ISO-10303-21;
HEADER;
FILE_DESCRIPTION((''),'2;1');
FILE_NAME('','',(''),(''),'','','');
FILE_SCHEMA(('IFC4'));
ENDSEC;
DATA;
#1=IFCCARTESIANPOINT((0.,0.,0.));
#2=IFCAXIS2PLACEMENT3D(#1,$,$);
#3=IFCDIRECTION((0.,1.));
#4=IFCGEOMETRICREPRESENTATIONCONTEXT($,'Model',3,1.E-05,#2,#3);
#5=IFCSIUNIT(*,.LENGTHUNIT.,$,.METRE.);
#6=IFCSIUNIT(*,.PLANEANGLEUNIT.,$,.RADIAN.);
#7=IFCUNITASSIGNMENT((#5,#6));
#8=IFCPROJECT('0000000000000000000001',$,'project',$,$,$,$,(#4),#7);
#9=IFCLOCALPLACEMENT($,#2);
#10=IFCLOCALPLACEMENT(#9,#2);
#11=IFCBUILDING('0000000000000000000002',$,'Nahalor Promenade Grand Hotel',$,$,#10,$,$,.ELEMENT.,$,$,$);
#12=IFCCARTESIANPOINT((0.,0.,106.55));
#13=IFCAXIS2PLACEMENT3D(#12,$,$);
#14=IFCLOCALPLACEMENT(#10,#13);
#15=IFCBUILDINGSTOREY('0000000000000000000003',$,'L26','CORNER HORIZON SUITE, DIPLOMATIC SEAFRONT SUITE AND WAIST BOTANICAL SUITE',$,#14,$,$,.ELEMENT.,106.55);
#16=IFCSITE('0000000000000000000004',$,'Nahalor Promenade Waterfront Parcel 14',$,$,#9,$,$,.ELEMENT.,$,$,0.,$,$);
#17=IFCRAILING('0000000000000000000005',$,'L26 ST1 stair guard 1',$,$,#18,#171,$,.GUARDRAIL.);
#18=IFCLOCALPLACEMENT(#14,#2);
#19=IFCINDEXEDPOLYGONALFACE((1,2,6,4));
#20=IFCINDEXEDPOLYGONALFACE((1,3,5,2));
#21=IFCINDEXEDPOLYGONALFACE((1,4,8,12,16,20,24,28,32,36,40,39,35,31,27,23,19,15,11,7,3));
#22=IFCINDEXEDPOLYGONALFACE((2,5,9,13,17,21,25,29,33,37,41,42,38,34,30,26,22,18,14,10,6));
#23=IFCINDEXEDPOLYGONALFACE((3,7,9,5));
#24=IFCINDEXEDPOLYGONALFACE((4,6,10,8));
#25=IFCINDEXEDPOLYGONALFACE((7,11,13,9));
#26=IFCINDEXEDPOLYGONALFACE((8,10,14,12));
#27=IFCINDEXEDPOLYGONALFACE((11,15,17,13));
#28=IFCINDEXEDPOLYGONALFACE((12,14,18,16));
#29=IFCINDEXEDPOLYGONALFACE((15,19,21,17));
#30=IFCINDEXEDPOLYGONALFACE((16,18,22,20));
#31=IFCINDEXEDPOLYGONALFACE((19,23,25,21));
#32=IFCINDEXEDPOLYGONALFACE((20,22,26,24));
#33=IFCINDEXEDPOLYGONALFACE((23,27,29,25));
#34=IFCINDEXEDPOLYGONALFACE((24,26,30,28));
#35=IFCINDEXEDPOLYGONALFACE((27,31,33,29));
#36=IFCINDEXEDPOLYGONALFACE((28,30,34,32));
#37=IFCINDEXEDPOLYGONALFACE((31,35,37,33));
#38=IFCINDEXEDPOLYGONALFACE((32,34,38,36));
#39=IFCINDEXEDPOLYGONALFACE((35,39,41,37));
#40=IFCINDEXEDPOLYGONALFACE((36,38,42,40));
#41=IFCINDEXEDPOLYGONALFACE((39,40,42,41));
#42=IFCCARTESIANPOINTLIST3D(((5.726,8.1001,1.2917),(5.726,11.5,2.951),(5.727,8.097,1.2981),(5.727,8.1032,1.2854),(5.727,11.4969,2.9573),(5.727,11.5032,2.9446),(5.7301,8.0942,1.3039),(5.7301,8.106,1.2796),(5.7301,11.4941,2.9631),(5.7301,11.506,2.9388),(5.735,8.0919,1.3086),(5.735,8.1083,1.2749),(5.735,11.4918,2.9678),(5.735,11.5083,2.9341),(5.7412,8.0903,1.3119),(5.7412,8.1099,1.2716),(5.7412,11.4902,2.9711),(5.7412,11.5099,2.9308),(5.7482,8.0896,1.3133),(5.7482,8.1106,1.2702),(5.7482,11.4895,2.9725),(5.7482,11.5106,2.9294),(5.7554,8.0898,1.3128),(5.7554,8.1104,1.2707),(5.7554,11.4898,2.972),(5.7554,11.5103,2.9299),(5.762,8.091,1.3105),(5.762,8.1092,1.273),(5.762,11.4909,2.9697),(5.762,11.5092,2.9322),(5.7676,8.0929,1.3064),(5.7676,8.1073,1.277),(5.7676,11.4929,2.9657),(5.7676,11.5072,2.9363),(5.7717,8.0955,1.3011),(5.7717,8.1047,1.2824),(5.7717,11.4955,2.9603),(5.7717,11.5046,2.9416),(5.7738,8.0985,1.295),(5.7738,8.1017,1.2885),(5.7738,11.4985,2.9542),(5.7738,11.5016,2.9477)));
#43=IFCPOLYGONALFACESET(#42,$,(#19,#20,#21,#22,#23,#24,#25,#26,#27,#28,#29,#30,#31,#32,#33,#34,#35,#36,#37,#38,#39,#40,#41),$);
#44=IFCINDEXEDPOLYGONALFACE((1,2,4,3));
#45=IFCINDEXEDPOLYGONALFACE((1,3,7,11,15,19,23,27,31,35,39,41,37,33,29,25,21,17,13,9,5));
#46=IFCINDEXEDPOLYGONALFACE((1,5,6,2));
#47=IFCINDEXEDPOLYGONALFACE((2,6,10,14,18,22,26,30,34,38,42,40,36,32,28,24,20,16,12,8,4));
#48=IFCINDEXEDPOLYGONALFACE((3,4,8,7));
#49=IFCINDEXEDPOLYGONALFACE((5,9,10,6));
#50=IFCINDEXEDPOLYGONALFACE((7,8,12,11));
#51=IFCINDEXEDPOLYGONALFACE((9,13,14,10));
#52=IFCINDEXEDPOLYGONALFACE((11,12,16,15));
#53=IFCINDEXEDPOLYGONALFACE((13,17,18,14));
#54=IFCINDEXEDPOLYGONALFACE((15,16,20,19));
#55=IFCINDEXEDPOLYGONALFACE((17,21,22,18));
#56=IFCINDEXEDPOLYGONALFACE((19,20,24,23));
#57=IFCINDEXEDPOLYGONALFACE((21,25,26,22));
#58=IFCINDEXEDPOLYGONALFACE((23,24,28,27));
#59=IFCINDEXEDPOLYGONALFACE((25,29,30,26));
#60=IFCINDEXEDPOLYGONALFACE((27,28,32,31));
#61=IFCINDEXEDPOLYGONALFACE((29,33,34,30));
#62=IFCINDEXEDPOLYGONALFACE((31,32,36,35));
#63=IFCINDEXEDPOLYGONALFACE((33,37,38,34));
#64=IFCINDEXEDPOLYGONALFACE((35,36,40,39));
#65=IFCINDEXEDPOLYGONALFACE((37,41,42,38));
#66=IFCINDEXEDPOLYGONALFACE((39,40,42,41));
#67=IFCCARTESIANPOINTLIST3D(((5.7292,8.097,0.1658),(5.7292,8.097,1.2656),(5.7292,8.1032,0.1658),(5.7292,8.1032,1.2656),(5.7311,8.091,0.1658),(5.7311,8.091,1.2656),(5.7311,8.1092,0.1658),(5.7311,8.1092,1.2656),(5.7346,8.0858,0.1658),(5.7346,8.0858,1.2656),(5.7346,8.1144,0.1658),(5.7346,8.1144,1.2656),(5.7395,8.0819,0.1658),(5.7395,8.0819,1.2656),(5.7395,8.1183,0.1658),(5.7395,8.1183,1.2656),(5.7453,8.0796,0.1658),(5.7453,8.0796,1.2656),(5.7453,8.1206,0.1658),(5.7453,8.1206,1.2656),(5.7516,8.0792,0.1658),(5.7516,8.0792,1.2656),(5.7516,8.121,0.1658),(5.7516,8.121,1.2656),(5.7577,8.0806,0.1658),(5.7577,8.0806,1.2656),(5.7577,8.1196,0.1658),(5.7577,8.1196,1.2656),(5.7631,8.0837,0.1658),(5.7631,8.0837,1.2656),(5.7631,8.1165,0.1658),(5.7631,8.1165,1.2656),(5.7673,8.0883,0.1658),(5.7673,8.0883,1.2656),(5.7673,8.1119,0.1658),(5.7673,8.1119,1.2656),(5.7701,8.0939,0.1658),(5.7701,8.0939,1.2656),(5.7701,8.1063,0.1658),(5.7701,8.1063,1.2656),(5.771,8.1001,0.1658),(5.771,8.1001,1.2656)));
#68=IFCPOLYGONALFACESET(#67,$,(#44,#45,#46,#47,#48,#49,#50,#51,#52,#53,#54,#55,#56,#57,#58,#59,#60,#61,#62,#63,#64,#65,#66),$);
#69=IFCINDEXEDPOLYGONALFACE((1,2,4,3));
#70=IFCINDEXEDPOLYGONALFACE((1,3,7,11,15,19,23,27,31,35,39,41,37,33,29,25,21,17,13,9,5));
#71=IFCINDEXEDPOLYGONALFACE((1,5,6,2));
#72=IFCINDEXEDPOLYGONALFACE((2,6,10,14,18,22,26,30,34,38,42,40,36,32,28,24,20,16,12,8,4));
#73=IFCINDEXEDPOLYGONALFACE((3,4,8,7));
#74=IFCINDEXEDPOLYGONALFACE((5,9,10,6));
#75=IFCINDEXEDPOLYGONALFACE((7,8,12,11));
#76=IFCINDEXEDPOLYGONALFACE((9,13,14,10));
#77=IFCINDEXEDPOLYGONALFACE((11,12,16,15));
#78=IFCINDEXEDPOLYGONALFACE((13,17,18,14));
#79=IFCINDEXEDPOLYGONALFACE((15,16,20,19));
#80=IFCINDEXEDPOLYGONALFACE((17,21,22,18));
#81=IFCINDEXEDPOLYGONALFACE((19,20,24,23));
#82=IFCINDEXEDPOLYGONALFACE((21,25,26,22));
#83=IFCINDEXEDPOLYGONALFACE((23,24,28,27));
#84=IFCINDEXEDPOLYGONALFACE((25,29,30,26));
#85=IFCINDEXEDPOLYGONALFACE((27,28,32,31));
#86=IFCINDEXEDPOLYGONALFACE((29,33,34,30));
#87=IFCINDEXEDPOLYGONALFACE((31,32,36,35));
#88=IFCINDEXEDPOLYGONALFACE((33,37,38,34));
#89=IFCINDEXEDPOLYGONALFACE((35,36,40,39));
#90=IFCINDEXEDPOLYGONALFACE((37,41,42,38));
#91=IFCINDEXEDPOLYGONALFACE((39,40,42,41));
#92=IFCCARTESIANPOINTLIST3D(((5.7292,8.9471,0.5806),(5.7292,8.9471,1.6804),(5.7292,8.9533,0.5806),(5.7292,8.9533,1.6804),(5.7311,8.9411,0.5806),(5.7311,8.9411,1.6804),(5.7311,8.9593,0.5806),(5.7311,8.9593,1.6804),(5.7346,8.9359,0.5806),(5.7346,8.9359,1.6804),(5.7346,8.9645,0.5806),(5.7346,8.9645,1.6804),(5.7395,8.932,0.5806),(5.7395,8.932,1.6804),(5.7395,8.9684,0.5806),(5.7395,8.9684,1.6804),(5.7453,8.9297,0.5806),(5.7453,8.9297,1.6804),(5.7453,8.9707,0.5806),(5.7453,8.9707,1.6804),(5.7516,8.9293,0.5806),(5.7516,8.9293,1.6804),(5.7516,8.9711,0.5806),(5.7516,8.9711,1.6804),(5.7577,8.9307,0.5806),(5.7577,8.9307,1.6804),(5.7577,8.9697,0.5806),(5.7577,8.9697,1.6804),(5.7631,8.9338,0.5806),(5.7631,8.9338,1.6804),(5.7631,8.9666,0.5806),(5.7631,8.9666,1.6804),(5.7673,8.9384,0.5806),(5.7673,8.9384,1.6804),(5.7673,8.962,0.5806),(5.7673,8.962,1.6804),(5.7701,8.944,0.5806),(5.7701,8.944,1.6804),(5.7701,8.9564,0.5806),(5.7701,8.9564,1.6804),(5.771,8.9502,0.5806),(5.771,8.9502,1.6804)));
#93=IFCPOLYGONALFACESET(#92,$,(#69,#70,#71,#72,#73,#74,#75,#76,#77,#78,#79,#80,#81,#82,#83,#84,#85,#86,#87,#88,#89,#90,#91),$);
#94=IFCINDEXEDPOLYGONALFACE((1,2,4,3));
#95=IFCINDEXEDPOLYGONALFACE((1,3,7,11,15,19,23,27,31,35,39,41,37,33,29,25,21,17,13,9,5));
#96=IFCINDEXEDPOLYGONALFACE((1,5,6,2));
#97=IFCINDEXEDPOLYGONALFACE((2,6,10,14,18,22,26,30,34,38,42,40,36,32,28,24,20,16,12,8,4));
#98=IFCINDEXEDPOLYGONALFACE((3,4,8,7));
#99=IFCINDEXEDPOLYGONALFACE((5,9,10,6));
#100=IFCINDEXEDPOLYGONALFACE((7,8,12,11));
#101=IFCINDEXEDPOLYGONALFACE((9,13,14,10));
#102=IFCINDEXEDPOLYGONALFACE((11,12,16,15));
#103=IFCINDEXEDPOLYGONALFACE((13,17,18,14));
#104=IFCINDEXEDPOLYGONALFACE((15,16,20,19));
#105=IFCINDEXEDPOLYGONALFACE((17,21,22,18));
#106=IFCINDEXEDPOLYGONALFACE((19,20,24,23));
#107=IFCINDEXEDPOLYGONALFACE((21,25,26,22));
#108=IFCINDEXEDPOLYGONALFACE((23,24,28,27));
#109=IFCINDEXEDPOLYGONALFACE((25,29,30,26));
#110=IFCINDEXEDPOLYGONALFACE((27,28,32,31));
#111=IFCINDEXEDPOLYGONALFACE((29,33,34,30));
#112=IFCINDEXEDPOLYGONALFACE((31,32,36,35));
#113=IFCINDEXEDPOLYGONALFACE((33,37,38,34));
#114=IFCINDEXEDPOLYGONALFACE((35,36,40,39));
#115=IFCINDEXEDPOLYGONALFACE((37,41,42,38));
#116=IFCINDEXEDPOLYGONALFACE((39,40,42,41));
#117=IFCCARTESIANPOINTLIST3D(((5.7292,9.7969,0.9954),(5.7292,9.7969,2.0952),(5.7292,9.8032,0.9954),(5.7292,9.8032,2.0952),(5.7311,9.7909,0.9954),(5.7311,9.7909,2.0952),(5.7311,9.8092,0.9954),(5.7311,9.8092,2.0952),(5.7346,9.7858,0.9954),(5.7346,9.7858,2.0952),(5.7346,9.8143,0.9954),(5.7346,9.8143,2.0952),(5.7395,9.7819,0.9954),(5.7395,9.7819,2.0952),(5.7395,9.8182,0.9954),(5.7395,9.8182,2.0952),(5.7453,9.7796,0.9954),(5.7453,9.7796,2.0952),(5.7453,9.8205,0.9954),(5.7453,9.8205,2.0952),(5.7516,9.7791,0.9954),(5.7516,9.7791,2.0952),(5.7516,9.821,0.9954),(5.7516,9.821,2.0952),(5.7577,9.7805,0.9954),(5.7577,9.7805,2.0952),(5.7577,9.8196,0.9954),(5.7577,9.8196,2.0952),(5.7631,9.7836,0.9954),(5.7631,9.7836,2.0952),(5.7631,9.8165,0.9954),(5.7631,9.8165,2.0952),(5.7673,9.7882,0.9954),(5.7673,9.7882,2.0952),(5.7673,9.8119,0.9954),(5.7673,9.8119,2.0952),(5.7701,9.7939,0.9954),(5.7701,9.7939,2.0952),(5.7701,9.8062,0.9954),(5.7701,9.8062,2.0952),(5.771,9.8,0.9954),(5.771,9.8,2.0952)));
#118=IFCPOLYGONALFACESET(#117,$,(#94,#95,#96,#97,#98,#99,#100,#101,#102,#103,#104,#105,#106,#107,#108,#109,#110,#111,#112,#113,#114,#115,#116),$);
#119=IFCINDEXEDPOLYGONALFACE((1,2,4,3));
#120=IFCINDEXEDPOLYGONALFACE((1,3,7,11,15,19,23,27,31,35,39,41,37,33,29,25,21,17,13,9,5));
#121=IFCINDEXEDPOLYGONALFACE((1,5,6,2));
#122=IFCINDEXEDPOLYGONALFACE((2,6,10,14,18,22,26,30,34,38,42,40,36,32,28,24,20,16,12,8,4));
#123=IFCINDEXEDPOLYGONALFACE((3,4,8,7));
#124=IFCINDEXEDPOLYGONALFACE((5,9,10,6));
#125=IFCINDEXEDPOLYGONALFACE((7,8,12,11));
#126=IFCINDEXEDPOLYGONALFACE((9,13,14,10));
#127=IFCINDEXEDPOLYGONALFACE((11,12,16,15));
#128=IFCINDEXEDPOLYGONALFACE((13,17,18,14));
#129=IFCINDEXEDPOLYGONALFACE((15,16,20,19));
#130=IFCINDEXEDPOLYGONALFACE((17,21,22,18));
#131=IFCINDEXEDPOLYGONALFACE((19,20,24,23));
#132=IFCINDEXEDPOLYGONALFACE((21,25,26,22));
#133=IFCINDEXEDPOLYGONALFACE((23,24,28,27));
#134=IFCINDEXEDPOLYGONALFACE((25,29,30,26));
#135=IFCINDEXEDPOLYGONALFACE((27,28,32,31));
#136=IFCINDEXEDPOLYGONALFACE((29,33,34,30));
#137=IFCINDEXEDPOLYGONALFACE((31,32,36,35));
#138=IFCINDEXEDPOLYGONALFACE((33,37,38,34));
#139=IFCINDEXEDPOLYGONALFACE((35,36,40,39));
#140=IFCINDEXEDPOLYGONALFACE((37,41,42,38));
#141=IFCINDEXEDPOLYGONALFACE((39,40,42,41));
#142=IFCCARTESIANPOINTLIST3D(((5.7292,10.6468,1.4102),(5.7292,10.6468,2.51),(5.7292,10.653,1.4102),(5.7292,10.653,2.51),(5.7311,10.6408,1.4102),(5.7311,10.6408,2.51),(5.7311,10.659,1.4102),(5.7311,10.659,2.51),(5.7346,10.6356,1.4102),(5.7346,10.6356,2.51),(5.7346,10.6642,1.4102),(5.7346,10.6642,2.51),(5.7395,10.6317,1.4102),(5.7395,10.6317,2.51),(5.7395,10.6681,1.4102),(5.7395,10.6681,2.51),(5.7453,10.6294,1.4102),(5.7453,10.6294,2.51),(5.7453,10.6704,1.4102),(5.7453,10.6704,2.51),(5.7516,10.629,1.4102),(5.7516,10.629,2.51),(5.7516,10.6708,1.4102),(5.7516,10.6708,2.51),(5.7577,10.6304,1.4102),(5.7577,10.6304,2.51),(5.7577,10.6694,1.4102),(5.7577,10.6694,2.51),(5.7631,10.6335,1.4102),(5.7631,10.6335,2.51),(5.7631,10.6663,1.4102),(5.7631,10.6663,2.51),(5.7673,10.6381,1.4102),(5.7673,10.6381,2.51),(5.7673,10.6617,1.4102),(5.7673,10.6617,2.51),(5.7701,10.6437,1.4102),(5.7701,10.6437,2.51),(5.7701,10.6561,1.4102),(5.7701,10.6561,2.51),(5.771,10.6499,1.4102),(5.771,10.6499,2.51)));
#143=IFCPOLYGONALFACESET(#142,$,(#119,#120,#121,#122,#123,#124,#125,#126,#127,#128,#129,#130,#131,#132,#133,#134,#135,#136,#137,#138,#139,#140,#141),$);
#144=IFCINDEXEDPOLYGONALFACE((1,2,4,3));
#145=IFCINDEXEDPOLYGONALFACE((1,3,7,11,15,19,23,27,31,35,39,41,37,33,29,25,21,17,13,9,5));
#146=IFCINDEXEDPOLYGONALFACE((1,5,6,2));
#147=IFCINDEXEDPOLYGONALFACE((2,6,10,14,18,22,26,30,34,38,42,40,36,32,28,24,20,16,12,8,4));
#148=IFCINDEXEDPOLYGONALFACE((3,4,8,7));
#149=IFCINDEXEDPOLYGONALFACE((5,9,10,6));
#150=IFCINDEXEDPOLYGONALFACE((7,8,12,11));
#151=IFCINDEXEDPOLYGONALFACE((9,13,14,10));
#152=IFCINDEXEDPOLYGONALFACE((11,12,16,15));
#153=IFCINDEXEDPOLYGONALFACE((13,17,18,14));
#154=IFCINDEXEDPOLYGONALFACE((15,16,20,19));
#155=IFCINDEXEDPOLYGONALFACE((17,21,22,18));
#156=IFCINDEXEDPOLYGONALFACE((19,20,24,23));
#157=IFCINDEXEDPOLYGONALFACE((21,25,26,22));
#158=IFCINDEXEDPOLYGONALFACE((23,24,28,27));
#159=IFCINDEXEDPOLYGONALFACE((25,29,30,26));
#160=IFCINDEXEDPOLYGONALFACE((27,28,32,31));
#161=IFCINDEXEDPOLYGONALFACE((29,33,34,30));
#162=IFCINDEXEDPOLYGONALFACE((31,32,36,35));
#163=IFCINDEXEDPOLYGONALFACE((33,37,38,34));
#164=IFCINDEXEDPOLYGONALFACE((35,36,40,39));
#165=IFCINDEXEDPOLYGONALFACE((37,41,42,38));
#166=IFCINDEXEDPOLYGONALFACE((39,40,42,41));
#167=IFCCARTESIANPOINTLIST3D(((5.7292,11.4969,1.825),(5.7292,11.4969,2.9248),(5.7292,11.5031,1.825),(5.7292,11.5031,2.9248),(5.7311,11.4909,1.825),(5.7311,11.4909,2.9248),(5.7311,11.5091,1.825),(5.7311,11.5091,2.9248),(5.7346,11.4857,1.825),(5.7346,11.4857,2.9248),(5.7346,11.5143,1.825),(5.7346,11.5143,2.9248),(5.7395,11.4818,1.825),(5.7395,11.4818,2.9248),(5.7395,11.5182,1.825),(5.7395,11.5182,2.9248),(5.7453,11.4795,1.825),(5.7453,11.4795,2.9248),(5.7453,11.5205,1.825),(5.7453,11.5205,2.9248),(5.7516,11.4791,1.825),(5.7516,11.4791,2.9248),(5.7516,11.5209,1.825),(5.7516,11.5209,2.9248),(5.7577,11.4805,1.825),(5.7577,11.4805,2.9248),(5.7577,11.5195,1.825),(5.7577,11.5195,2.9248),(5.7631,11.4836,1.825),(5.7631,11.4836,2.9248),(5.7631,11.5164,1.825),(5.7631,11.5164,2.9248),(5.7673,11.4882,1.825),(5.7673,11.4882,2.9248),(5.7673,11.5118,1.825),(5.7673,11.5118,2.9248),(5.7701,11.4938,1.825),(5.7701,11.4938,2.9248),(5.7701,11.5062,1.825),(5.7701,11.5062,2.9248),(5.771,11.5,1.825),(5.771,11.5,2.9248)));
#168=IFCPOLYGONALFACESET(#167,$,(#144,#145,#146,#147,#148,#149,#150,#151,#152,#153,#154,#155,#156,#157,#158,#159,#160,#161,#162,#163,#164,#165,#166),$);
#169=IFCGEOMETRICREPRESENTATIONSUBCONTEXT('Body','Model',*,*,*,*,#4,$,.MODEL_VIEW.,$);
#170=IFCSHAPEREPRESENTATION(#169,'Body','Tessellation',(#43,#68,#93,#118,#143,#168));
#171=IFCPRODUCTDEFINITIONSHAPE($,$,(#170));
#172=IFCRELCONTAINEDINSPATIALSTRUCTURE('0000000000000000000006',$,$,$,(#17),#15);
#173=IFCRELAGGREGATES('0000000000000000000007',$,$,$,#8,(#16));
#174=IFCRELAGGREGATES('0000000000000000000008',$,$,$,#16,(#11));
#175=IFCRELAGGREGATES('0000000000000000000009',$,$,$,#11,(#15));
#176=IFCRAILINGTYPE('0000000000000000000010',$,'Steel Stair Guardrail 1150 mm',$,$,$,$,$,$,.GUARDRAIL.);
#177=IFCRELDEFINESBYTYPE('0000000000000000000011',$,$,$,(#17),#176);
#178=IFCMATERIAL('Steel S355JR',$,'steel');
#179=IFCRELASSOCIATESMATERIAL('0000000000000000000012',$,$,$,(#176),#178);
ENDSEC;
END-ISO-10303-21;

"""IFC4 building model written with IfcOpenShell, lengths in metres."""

from ifc_helpers import new_model, si_unit, direction, frame, origin, origin_2d, place, context, subcontext, project, spatial, circle, extrude, material, type_object, element, save


model = new_model("IFC4")

# Units and contexts
model_context = context("Model", 3, precision=1e-05, world=origin(), true_north=direction((0.0, 1.0)))
body_context = subcontext(model_context, "Body", "Model", "MODEL_VIEW")
ifc_project = project(units=[si_unit("LENGTHUNIT", "METRE"), si_unit("PLANEANGLEUNIT", "RADIAN")], contexts=[model_context])

# Site, building, storey
site_placement = place(None, origin())
site = spatial("IfcSite", under=ifc_project, at=site_placement, Name="Nahalor Promenade Waterfront Parcel 14", CompositionType="ELEMENT", RefElevation=0.0)
building_placement = place(site_placement, origin())
building = spatial("IfcBuilding", under=site, at=building_placement, Name="Nahalor Promenade Grand Hotel", CompositionType="ELEMENT")
storey_placement = place(building_placement, frame((0.0, 0.0, 106.55)))
storey = spatial("IfcBuildingStorey", under=building, at=storey_placement, Name="L26", Description="CORNER HORIZON SUITE, DIPLOMATIC SEAFRONT SUITE AND WAIST BOTANICAL SUITE", CompositionType="ELEMENT", Elevation=106.55)

# Shared definitions
ifc_material_1 = material(Name="Steel S355JR", Category="steel")

# Railing
railing_type_1 = type_object("IfcRailingType", Name="Steel Stair Guardrail 1150 mm", PredefinedType="GUARDRAIL", material=ifc_material_1)
railing_1_placement = place(storey_placement, frame((5.75, 8.1001, 0.1658)))
element("IfcRailing", 1, at=railing_1_placement, inside=storey, type_object=railing_type_1, Name="L26 ST1 stair guard 1", PredefinedType="GUARDRAIL", context=body_context, shape_type="SweptSolid", body=[
    extrude(circle(Radius=0.024, at=origin_2d()), frame((0.0, 0.0, 1.126), z_axis=(0.0, 0.898696, 0.438571), x_axis=(-1.0, 0.0, 0.0)), (0.0, 0.0, 1.0), 3.7832),
    extrude(circle(Radius=0.021, at=origin_2d()), origin(), (0.0, 0.0, 1.0), 1.0999),
    extrude(circle(Radius=0.021, at=origin_2d()), frame((0.0, 0.8501, 0.4148)), (0.0, 0.0, 1.0), 1.0999),
    extrude(circle(Radius=0.021, at=origin_2d()), frame((0.0, 1.7, 0.8296)), (0.0, 0.0, 1.0), 1.0999),
    extrude(circle(Radius=0.021, at=origin_2d()), frame((0.0, 2.5498, 1.2444)), (0.0, 0.0, 1.0), 1.0999),
    extrude(circle(Radius=0.021, at=origin_2d()), frame((0.0, 3.3999, 1.6592)), (0.0, 0.0, 1.0), 1.0999),
])

save(model, "model.ifc")
